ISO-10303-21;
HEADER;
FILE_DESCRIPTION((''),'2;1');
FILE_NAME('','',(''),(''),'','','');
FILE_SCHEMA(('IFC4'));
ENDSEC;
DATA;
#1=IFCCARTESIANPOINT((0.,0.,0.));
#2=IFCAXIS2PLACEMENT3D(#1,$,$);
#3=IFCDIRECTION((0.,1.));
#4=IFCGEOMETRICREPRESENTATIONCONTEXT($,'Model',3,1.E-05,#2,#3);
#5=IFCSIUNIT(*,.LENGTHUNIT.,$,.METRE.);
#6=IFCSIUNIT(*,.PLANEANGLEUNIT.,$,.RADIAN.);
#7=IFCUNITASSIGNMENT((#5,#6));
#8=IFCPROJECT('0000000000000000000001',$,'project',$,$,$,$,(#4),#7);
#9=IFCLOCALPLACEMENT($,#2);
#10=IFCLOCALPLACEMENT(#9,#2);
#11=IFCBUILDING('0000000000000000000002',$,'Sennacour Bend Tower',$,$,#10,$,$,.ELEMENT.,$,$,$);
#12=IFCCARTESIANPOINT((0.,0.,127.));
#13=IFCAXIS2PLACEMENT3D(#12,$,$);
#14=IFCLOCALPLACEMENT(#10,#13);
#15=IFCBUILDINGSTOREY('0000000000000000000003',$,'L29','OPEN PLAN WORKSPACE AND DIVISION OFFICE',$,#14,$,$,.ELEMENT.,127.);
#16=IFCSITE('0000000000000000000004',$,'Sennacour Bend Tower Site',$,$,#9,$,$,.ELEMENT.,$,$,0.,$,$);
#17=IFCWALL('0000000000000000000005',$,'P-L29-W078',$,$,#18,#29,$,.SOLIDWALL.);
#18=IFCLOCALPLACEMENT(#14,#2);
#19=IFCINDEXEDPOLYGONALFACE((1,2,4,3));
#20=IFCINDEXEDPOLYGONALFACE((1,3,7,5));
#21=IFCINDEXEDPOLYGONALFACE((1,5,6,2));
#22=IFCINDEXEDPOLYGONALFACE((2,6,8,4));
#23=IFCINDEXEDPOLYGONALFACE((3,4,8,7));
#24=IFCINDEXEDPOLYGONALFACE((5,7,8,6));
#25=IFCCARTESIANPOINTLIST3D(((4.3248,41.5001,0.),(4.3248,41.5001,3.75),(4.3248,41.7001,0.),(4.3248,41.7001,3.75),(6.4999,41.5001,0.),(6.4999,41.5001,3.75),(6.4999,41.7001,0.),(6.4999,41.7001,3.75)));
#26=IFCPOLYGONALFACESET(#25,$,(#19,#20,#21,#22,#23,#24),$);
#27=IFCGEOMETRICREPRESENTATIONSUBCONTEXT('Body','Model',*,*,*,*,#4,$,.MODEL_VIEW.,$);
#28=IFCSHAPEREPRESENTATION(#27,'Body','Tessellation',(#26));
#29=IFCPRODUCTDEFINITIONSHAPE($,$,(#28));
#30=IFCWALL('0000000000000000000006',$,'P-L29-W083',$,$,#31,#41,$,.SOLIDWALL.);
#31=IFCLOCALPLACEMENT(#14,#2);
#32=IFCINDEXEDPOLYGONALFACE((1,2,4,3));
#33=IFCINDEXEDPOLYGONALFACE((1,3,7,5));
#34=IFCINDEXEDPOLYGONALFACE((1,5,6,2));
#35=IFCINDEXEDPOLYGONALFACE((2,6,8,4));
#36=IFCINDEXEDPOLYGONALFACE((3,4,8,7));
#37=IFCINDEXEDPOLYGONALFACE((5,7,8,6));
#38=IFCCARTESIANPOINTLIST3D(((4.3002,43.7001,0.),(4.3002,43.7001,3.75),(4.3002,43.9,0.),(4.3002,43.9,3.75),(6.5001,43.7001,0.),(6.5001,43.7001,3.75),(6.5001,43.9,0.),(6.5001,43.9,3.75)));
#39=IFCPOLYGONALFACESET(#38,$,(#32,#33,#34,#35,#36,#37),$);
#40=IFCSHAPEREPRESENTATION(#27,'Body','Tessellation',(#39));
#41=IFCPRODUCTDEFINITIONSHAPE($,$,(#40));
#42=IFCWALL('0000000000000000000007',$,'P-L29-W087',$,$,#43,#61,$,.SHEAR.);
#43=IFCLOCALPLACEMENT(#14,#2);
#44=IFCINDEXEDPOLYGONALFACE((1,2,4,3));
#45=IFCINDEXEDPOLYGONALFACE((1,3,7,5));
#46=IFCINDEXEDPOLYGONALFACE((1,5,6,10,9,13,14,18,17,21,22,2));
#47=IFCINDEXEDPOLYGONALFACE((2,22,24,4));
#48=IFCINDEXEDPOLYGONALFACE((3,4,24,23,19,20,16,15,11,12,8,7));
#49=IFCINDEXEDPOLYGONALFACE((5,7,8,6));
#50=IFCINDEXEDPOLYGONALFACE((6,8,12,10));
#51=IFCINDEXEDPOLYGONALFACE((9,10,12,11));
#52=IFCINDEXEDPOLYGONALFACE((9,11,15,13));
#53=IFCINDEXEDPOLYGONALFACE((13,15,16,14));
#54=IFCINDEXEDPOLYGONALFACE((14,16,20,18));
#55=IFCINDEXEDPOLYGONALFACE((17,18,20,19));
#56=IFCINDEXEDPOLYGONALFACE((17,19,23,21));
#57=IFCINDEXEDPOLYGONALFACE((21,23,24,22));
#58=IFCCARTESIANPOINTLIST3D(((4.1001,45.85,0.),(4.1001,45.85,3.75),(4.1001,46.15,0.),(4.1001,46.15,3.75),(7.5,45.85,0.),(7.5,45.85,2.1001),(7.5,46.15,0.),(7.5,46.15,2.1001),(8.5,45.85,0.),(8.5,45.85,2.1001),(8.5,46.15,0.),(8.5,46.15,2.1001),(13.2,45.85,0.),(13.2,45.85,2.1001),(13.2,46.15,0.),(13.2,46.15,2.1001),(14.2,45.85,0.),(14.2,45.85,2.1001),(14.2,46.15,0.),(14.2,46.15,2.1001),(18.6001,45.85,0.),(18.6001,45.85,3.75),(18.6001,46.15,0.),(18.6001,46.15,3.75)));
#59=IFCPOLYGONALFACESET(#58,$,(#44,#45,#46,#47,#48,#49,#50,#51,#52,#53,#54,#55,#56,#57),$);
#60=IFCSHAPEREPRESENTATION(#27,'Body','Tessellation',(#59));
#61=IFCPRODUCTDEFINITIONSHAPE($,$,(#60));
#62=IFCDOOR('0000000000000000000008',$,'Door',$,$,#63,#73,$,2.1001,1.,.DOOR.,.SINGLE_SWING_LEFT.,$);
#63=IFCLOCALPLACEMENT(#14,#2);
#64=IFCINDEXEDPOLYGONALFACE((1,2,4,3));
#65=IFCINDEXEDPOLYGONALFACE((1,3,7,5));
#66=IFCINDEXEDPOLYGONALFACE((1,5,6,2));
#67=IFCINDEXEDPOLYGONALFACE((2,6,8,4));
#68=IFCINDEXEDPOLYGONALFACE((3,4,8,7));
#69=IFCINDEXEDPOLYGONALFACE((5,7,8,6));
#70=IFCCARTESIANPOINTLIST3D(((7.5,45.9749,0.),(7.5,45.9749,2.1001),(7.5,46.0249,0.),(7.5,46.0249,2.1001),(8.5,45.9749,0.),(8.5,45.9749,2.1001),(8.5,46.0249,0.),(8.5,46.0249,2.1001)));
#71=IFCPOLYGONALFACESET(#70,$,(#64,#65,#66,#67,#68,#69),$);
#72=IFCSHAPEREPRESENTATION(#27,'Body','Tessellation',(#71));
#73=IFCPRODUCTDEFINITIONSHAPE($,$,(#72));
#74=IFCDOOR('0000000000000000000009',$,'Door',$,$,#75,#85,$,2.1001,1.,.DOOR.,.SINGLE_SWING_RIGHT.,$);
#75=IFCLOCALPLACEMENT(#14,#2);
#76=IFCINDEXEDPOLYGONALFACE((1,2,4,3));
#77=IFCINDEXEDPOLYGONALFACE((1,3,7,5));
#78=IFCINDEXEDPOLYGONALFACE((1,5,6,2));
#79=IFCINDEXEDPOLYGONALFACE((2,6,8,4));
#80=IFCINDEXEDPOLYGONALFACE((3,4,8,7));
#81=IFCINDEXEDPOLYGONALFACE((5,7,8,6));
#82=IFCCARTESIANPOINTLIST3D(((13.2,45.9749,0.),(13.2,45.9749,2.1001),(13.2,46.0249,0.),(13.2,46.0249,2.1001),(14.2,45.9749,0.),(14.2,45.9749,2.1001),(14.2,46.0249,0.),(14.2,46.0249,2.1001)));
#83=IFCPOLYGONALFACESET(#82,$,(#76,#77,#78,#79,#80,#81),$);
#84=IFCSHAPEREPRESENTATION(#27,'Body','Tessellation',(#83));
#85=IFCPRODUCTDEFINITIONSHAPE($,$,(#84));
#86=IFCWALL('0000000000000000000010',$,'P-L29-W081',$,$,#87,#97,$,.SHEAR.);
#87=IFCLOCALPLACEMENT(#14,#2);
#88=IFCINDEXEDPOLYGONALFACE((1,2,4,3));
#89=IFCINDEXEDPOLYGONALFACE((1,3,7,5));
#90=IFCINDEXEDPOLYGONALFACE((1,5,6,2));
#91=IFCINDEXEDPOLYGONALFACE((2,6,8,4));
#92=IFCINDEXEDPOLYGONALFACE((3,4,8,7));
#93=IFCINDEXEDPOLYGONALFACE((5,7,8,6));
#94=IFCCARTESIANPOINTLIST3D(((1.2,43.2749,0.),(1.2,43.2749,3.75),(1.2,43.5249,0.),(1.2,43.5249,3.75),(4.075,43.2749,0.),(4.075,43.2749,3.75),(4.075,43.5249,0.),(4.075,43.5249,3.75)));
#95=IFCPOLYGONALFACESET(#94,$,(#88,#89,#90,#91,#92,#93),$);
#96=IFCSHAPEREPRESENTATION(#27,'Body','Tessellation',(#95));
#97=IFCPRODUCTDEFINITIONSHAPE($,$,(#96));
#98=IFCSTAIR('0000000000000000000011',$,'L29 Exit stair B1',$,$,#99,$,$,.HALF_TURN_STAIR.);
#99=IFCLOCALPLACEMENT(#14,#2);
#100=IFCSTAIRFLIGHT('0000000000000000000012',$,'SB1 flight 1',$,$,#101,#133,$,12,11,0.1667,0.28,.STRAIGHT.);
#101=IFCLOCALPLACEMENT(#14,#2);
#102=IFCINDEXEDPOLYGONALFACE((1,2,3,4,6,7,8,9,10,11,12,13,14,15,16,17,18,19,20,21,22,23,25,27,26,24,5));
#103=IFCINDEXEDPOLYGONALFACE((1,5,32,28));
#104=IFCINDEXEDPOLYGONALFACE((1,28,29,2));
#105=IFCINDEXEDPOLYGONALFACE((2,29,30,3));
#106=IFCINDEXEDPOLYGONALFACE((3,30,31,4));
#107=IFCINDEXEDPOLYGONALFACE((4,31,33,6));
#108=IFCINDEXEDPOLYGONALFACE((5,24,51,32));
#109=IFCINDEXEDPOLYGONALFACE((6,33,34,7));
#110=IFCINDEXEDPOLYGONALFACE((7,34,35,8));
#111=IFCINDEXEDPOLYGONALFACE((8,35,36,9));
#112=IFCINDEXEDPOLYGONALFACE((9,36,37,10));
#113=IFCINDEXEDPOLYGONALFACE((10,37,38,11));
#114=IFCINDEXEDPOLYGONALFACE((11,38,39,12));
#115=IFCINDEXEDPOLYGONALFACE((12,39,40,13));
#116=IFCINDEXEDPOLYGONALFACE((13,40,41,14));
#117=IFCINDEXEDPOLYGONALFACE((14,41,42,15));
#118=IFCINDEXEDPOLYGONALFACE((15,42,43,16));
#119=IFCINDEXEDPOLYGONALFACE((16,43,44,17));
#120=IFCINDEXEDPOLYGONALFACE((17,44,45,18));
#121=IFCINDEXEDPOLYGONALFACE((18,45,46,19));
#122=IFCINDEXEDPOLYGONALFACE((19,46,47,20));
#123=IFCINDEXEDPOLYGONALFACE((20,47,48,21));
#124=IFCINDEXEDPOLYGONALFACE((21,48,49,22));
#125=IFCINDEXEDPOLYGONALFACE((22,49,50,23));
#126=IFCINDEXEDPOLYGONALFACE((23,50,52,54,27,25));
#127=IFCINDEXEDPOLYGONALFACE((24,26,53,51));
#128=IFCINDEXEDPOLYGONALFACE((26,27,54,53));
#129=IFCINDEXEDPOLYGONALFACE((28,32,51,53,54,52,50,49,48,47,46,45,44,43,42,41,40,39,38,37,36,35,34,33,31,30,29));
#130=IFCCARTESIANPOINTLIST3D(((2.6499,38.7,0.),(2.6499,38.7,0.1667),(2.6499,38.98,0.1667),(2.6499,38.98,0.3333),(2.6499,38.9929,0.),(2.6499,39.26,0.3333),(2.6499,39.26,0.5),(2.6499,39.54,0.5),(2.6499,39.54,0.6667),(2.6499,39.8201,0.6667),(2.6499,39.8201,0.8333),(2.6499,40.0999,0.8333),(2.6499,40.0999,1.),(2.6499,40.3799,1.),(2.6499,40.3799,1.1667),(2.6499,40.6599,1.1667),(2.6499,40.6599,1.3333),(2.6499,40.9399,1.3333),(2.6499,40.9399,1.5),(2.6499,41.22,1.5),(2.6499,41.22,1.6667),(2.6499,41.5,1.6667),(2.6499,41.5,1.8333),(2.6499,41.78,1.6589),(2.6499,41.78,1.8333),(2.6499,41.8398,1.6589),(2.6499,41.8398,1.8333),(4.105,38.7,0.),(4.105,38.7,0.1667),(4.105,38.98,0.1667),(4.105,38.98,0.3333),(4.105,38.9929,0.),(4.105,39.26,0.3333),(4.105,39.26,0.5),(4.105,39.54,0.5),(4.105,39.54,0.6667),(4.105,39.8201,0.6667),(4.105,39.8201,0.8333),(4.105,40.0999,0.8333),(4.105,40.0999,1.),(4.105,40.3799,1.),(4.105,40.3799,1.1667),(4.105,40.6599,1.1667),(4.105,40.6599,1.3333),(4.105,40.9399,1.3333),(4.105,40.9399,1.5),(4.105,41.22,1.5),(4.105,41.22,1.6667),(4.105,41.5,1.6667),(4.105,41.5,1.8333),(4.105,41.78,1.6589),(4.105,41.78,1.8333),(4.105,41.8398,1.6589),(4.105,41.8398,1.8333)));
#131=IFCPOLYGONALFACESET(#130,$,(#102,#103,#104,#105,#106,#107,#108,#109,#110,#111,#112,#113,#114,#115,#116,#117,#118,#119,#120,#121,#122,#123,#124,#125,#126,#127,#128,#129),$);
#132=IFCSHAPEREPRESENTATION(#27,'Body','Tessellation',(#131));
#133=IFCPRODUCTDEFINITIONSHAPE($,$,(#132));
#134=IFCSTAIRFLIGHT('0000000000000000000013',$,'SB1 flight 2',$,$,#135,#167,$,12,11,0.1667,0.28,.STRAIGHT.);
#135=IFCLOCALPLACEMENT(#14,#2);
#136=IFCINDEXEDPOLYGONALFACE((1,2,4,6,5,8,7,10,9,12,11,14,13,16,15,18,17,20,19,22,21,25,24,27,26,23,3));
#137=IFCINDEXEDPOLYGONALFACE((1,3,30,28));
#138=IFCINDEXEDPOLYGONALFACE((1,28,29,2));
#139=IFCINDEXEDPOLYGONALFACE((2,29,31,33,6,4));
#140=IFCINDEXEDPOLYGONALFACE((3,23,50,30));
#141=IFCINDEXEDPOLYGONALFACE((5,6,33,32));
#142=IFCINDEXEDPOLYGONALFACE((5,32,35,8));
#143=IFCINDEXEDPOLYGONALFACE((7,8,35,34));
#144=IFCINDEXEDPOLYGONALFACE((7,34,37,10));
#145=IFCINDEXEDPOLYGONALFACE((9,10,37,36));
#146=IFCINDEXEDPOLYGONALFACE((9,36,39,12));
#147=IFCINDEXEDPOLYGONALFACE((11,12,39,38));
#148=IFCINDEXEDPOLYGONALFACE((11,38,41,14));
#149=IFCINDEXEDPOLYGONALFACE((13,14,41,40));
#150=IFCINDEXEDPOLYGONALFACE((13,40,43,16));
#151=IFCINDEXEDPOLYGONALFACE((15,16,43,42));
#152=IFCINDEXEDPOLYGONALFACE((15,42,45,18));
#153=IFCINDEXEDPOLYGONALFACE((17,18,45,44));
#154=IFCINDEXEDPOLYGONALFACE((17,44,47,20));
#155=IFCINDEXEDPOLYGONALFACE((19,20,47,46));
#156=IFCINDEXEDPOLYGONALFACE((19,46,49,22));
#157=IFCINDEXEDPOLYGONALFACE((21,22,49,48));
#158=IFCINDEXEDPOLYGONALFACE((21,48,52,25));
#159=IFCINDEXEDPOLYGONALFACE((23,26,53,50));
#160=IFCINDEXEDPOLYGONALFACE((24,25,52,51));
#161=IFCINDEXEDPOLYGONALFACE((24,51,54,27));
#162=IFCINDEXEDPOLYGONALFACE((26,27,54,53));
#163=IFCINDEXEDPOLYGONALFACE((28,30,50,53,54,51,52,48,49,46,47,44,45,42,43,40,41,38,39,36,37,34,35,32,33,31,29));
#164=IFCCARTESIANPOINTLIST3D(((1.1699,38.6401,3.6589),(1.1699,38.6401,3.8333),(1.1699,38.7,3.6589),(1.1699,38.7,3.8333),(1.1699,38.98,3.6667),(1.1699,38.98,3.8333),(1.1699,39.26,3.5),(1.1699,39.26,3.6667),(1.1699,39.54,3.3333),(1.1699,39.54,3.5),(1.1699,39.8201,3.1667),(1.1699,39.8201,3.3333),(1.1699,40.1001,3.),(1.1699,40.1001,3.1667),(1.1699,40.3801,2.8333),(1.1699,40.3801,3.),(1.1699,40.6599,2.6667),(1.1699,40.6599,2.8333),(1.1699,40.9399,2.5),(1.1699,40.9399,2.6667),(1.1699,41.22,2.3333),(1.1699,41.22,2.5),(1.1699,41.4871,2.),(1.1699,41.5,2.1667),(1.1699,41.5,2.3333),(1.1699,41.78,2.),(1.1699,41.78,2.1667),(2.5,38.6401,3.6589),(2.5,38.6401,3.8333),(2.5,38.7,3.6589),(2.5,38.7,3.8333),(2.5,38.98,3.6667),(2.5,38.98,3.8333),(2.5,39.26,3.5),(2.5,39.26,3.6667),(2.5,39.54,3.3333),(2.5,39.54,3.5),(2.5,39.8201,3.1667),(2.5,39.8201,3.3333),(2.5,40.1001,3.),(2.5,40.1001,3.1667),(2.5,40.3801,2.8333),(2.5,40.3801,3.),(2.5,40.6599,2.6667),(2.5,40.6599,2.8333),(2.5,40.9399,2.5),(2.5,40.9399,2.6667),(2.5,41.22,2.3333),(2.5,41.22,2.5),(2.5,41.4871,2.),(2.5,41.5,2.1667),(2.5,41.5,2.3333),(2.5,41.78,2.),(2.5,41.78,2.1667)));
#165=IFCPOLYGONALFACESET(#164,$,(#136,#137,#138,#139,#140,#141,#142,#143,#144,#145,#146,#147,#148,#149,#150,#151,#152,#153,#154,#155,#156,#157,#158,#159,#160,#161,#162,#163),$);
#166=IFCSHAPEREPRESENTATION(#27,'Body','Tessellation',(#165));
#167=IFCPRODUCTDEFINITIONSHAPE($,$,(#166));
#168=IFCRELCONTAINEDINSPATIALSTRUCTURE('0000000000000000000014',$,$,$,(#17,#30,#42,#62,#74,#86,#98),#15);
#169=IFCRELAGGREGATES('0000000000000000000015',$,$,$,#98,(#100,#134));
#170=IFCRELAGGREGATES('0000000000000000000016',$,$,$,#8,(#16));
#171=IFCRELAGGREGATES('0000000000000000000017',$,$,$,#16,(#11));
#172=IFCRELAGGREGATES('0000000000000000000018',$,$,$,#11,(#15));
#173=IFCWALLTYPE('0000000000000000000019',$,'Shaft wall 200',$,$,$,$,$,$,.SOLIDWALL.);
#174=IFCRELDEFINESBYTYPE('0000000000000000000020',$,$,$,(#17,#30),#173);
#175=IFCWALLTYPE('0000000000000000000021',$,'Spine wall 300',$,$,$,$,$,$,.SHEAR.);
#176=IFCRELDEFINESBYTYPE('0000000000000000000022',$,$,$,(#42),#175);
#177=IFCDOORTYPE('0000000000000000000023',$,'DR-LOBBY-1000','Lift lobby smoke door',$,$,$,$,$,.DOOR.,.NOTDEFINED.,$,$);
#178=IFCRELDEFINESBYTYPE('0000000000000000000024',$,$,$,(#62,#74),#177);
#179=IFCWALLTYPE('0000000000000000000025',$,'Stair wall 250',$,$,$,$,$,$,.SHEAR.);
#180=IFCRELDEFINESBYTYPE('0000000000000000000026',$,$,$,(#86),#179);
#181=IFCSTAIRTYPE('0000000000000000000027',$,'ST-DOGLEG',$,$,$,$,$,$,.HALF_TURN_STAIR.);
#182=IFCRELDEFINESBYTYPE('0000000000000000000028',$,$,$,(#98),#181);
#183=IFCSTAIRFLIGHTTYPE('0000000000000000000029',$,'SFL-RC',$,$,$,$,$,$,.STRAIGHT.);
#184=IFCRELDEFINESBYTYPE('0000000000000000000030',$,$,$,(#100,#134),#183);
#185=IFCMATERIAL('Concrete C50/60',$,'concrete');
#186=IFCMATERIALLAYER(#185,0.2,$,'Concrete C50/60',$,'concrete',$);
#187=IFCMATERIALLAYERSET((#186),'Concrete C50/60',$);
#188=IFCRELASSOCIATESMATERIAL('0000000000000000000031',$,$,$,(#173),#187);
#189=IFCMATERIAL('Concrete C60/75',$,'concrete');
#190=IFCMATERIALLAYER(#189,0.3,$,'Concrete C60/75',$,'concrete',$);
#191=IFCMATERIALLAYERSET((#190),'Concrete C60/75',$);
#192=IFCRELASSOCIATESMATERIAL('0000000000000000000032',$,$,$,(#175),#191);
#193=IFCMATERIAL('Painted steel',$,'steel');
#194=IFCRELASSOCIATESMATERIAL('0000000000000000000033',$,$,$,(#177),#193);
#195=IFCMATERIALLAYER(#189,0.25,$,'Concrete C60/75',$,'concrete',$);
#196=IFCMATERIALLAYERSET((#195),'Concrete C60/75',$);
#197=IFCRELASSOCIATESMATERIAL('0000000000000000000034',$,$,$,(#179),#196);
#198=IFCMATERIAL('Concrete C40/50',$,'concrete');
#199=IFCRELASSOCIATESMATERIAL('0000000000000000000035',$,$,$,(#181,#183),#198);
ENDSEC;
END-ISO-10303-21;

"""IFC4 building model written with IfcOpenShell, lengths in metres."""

from ifc_helpers import new_model, si_unit, direction, frame, frame_2d, origin, place, context, subcontext, project, spatial, polyline, rectangle, outline, extrude, material, layer, layer_set, type_object, element, fill, aggregate, save


model = new_model("IFC4")

# Units and contexts
model_context = context("Model", 3, precision=1e-05, world=origin(), true_north=direction((0.0, 1.0)))
body_context = subcontext(model_context, "Body", "Model", "MODEL_VIEW")
ifc_project = project(units=[si_unit("LENGTHUNIT", "METRE"), si_unit("PLANEANGLEUNIT", "RADIAN")], contexts=[model_context])

# Site, building, storey
site_placement = place(None, origin())
site = spatial("IfcSite", under=ifc_project, at=site_placement, Name="Sennacour Bend Tower Site", CompositionType="ELEMENT", RefElevation=0.0)
building_placement = place(site_placement, origin())
building = spatial("IfcBuilding", under=site, at=building_placement, Name="Sennacour Bend Tower", CompositionType="ELEMENT")
storey_placement = place(building_placement, frame((0.0, 0.0, 127.0)))
storey = spatial("IfcBuildingStorey", under=building, at=storey_placement, Name="L29", Description="OPEN PLAN WORKSPACE AND DIVISION OFFICE", CompositionType="ELEMENT", Elevation=127.0)

# Shared definitions
ifc_material_1 = material(Name="Painted steel", Category="steel")

# Walls
ifc_material_2 = material(Name="Concrete C50/60", Category="concrete")
ifc_layer_1 = layer(ifc_material_2, 0.2, Name="Concrete C50/60", Category="concrete")
ifc_layer_set_1 = layer_set([ifc_layer_1], Name="Concrete C50/60")
wall_type_1 = type_object("IfcWallType", Name="Shaft wall 200", PredefinedType="SOLIDWALL", material=ifc_layer_set_1)
for number, where, z_axis, x_axis, name in (
    (1, (4.325, 41.6001, 0.0), (0.0, 0.0, 1.0), (1.0, 0.0, 0.0), "P-L29-W078"),
):
    element("IfcWall", number, at=place(storey_placement, frame(where, z_axis=z_axis, x_axis=x_axis)), inside=storey, type_object=wall_type_1, Name=name, PredefinedType="SOLIDWALL", context=body_context, shape_type="SweptSolid", body=[
        extrude(rectangle(XDim=2.175, YDim=0.2, at=frame_2d((1.0874, 0.0))), origin(), (0.0, 0.0, 1.0), 3.75),
    ])
wall_1_placement = place(storey_placement, frame((4.3, 43.8, 0.0), z_axis=(0.0, 0.0, 1.0), x_axis=(1.0, 0.0, 0.0)))
element("IfcWall", 2, at=wall_1_placement, inside=storey, type_object=wall_type_1, Name="P-L29-W083", PredefinedType="SOLIDWALL", context=body_context, shape_type="SweptSolid", body=[
    extrude(rectangle(XDim=2.2, YDim=0.2, at=frame_2d((1.1001, 0.0))), origin(), (0.0, 0.0, 1.0), 3.75),
])

# Wall, openings, doors
ifc_material_3 = material(Name="Concrete C60/75", Category="concrete")
ifc_layer_2 = layer(ifc_material_3, 0.3, Name="Concrete C60/75", Category="concrete")
ifc_layer_set_2 = layer_set([ifc_layer_2], Name="Concrete C60/75")
wall_type_2 = type_object("IfcWallType", Name="Spine wall 300", PredefinedType="SHEAR", material=ifc_layer_set_2)
wall_2_placement = place(storey_placement, frame((4.1001, 46.0, 0.0), z_axis=(0.0, 0.0, 1.0), x_axis=(1.0, 0.0, 0.0)))
wall_2 = element("IfcWall", 3, at=wall_2_placement, inside=storey, type_object=wall_type_2, Name="P-L29-W087", PredefinedType="SHEAR", context=body_context, shape_type="SweptSolid", body=[
    extrude(rectangle(XDim=14.5, YDim=0.3, at=frame_2d((7.25, 0.0))), origin(), (0.0, 0.0, 1.0), 3.75),
])
opening_1_placement = place(wall_2_placement, frame((3.3999, 0.0, 0.0)))
opening_1 = element("IfcOpeningElement", 4, at=opening_1_placement, cuts=wall_2, PredefinedType="OPENING", context=body_context, shape_type="SweptSolid", body=[
    extrude(rectangle(XDim=1.0, YDim=2.1001, at=frame_2d((0.5, 1.05))), frame((0.0, 0.1602, 0.0), z_axis=(0.0, -1.0, 0.0), x_axis=(1.0, 0.0, 0.0)), (0.0, 0.0, 1.0), 0.3201),
])
opening_2_placement = place(wall_2_placement, frame((9.0999, 0.0, 0.0)))
opening_2 = element("IfcOpeningElement", 5, at=opening_2_placement, cuts=wall_2, PredefinedType="OPENING", context=body_context, shape_type="SweptSolid", body=[
    extrude(rectangle(XDim=1.0, YDim=2.1001, at=frame_2d((0.5, 1.05))), frame((0.0, 0.1602, 0.0), z_axis=(0.0, -1.0, 0.0), x_axis=(1.0, 0.0, 0.0)), (0.0, 0.0, 1.0), 0.3201),
])
door_type_1 = type_object("IfcDoorType", Name="DR-LOBBY-1000", Description="Lift lobby smoke door", OperationType="NOTDEFINED", PredefinedType="DOOR", material=ifc_material_1)
door_1_placement = place(opening_1_placement, origin())
door_1 = element("IfcDoor", 6, at=door_1_placement, inside=storey, type_object=door_type_1, Name="Door", OperationType="SINGLE_SWING_LEFT", OverallHeight=2.1001, OverallWidth=1.0, PredefinedType="DOOR", context=body_context, shape_type="SweptSolid", body=[
    extrude(rectangle(XDim=1.0, YDim=2.1001, at=frame_2d((0.5, 1.05))), frame((0.0, 0.0249, 0.0), z_axis=(0.0, -1.0, 0.0), x_axis=(1.0, 0.0, 0.0)), (0.0, 0.0, 1.0), 0.05),
])
fill(opening_1, door_1)
door_2_placement = place(opening_2_placement, origin())
door_2 = element("IfcDoor", 7, at=door_2_placement, inside=storey, type_object=door_type_1, Name="Door", OperationType="SINGLE_SWING_RIGHT", OverallHeight=2.1001, OverallWidth=1.0, PredefinedType="DOOR", context=body_context, shape_type="SweptSolid", body=[
    extrude(rectangle(XDim=1.0, YDim=2.1001, at=frame_2d((0.5, 1.05))), frame((0.0, 0.0249, 0.0), z_axis=(0.0, -1.0, 0.0), x_axis=(1.0, 0.0, 0.0)), (0.0, 0.0, 1.0), 0.05),
])
fill(opening_2, door_2)

# Wall
ifc_layer_3 = layer(ifc_material_3, 0.25, Name="Concrete C60/75", Category="concrete")
ifc_layer_set_3 = layer_set([ifc_layer_3], Name="Concrete C60/75")
wall_type_3 = type_object("IfcWallType", Name="Stair wall 250", PredefinedType="SHEAR", material=ifc_layer_set_3)
wall_3_placement = place(storey_placement, frame((1.2, 43.3999, 0.0), z_axis=(0.0, 0.0, 1.0), x_axis=(1.0, 0.0, 0.0)))
element("IfcWall", 8, at=wall_3_placement, inside=storey, type_object=wall_type_3, Name="P-L29-W081", PredefinedType="SHEAR", context=body_context, shape_type="SweptSolid", body=[
    extrude(rectangle(XDim=2.875, YDim=0.25, at=frame_2d((1.4375, 0.0))), origin(), (0.0, 0.0, 1.0), 3.75),
])

# Stair, stair flights
ifc_material_4 = material(Name="Concrete C40/50", Category="concrete")
stair_type = type_object("IfcStairType", Name="ST-DOGLEG", PredefinedType="HALF_TURN_STAIR", material=ifc_material_4)
stair_placement = place(storey_placement, origin())
stair = element("IfcStair", 9, at=stair_placement, inside=storey, type_object=stair_type, Name="L29 Exit stair B1", PredefinedType="HALF_TURN_STAIR")
stair_flight_type = type_object("IfcStairFlightType", Name="SFL-RC", PredefinedType="STRAIGHT", material=ifc_material_4)
stair_flight_1_placement = place(storey_placement, frame((3.3774, 38.7, 0.0), z_axis=(0.0, 0.0, 1.0), x_axis=(0.0, 1.0, 0.0)))
stair_flight_1 = element("IfcStairFlight", 10, at=stair_flight_1_placement, type_object=stair_flight_type, Name="SB1 flight 1", NumberOfRisers=12, NumberOfTreads=11, PredefinedType="STRAIGHT", RiserHeight=0.1667, TreadLength=0.28, context=body_context, shape_type="SweptSolid", body=[
    extrude(outline(polyline([(0.0, 0.0), (0.0, 0.1667), (0.28, 0.1667), (0.28, 0.3333), (0.5601, 0.3333), (0.5601, 0.5), (0.8401, 0.5), (0.8401, 0.6667), (1.1201, 0.6667), (1.1201, 0.8333), (1.3999, 0.8333), (1.3999, 1.0), (1.6799, 1.0), (1.6799, 1.1667), (1.96, 1.1667), (1.96, 1.3333), (2.24, 1.3333), (2.24, 1.5), (2.52, 1.5), (2.52, 1.6667), (2.8, 1.6667), (2.8, 1.8333), (3.0801, 1.8333), (3.1399, 1.8333), (3.1399, 1.6589), (3.0801, 1.6589), (0.293, 0.0), (0.0, 0.0)])), frame((0.0, 0.7275, 0.0), z_axis=(0.0, -1.0, 0.0), x_axis=(1.0, 0.0, 0.0)), (0.0, 0.0, 1.0), 1.4551),
])
stair_flight_2_placement = place(storey_placement, frame((1.835, 41.78, 2.0), z_axis=(0.0, 0.0, 1.0), x_axis=(0.0, -1.0, 0.0)))
stair_flight_2 = element("IfcStairFlight", 11, at=stair_flight_2_placement, type_object=stair_flight_type, Name="SB1 flight 2", NumberOfRisers=12, NumberOfTreads=11, PredefinedType="STRAIGHT", RiserHeight=0.1667, TreadLength=0.28, context=body_context, shape_type="SweptSolid", body=[
    extrude(outline(polyline([(0.0, 0.0), (0.0, 0.1667), (0.28, 0.1667), (0.28, 0.3333), (0.5601, 0.3333), (0.5601, 0.5), (0.8401, 0.5), (0.8401, 0.6667), (1.1201, 0.6667), (1.1201, 0.8333), (1.3999, 0.8333), (1.3999, 1.0), (1.6799, 1.0), (1.6799, 1.1667), (1.96, 1.1667), (1.96, 1.3333), (2.24, 1.3333), (2.24, 1.5), (2.52, 1.5), (2.52, 1.6667), (2.8, 1.6667), (2.8, 1.8333), (3.0801, 1.8333), (3.1399, 1.8333), (3.1399, 1.6589), (3.0801, 1.6589), (0.293, 0.0), (0.0, 0.0)])), frame((0.0, 0.665, 0.0), z_axis=(0.0, -1.0, 0.0), x_axis=(1.0, 0.0, 0.0)), (0.0, 0.0, 1.0), 1.3301),
])
aggregate(stair, [stair_flight_1, stair_flight_2])

save(model, "model.ifc")
